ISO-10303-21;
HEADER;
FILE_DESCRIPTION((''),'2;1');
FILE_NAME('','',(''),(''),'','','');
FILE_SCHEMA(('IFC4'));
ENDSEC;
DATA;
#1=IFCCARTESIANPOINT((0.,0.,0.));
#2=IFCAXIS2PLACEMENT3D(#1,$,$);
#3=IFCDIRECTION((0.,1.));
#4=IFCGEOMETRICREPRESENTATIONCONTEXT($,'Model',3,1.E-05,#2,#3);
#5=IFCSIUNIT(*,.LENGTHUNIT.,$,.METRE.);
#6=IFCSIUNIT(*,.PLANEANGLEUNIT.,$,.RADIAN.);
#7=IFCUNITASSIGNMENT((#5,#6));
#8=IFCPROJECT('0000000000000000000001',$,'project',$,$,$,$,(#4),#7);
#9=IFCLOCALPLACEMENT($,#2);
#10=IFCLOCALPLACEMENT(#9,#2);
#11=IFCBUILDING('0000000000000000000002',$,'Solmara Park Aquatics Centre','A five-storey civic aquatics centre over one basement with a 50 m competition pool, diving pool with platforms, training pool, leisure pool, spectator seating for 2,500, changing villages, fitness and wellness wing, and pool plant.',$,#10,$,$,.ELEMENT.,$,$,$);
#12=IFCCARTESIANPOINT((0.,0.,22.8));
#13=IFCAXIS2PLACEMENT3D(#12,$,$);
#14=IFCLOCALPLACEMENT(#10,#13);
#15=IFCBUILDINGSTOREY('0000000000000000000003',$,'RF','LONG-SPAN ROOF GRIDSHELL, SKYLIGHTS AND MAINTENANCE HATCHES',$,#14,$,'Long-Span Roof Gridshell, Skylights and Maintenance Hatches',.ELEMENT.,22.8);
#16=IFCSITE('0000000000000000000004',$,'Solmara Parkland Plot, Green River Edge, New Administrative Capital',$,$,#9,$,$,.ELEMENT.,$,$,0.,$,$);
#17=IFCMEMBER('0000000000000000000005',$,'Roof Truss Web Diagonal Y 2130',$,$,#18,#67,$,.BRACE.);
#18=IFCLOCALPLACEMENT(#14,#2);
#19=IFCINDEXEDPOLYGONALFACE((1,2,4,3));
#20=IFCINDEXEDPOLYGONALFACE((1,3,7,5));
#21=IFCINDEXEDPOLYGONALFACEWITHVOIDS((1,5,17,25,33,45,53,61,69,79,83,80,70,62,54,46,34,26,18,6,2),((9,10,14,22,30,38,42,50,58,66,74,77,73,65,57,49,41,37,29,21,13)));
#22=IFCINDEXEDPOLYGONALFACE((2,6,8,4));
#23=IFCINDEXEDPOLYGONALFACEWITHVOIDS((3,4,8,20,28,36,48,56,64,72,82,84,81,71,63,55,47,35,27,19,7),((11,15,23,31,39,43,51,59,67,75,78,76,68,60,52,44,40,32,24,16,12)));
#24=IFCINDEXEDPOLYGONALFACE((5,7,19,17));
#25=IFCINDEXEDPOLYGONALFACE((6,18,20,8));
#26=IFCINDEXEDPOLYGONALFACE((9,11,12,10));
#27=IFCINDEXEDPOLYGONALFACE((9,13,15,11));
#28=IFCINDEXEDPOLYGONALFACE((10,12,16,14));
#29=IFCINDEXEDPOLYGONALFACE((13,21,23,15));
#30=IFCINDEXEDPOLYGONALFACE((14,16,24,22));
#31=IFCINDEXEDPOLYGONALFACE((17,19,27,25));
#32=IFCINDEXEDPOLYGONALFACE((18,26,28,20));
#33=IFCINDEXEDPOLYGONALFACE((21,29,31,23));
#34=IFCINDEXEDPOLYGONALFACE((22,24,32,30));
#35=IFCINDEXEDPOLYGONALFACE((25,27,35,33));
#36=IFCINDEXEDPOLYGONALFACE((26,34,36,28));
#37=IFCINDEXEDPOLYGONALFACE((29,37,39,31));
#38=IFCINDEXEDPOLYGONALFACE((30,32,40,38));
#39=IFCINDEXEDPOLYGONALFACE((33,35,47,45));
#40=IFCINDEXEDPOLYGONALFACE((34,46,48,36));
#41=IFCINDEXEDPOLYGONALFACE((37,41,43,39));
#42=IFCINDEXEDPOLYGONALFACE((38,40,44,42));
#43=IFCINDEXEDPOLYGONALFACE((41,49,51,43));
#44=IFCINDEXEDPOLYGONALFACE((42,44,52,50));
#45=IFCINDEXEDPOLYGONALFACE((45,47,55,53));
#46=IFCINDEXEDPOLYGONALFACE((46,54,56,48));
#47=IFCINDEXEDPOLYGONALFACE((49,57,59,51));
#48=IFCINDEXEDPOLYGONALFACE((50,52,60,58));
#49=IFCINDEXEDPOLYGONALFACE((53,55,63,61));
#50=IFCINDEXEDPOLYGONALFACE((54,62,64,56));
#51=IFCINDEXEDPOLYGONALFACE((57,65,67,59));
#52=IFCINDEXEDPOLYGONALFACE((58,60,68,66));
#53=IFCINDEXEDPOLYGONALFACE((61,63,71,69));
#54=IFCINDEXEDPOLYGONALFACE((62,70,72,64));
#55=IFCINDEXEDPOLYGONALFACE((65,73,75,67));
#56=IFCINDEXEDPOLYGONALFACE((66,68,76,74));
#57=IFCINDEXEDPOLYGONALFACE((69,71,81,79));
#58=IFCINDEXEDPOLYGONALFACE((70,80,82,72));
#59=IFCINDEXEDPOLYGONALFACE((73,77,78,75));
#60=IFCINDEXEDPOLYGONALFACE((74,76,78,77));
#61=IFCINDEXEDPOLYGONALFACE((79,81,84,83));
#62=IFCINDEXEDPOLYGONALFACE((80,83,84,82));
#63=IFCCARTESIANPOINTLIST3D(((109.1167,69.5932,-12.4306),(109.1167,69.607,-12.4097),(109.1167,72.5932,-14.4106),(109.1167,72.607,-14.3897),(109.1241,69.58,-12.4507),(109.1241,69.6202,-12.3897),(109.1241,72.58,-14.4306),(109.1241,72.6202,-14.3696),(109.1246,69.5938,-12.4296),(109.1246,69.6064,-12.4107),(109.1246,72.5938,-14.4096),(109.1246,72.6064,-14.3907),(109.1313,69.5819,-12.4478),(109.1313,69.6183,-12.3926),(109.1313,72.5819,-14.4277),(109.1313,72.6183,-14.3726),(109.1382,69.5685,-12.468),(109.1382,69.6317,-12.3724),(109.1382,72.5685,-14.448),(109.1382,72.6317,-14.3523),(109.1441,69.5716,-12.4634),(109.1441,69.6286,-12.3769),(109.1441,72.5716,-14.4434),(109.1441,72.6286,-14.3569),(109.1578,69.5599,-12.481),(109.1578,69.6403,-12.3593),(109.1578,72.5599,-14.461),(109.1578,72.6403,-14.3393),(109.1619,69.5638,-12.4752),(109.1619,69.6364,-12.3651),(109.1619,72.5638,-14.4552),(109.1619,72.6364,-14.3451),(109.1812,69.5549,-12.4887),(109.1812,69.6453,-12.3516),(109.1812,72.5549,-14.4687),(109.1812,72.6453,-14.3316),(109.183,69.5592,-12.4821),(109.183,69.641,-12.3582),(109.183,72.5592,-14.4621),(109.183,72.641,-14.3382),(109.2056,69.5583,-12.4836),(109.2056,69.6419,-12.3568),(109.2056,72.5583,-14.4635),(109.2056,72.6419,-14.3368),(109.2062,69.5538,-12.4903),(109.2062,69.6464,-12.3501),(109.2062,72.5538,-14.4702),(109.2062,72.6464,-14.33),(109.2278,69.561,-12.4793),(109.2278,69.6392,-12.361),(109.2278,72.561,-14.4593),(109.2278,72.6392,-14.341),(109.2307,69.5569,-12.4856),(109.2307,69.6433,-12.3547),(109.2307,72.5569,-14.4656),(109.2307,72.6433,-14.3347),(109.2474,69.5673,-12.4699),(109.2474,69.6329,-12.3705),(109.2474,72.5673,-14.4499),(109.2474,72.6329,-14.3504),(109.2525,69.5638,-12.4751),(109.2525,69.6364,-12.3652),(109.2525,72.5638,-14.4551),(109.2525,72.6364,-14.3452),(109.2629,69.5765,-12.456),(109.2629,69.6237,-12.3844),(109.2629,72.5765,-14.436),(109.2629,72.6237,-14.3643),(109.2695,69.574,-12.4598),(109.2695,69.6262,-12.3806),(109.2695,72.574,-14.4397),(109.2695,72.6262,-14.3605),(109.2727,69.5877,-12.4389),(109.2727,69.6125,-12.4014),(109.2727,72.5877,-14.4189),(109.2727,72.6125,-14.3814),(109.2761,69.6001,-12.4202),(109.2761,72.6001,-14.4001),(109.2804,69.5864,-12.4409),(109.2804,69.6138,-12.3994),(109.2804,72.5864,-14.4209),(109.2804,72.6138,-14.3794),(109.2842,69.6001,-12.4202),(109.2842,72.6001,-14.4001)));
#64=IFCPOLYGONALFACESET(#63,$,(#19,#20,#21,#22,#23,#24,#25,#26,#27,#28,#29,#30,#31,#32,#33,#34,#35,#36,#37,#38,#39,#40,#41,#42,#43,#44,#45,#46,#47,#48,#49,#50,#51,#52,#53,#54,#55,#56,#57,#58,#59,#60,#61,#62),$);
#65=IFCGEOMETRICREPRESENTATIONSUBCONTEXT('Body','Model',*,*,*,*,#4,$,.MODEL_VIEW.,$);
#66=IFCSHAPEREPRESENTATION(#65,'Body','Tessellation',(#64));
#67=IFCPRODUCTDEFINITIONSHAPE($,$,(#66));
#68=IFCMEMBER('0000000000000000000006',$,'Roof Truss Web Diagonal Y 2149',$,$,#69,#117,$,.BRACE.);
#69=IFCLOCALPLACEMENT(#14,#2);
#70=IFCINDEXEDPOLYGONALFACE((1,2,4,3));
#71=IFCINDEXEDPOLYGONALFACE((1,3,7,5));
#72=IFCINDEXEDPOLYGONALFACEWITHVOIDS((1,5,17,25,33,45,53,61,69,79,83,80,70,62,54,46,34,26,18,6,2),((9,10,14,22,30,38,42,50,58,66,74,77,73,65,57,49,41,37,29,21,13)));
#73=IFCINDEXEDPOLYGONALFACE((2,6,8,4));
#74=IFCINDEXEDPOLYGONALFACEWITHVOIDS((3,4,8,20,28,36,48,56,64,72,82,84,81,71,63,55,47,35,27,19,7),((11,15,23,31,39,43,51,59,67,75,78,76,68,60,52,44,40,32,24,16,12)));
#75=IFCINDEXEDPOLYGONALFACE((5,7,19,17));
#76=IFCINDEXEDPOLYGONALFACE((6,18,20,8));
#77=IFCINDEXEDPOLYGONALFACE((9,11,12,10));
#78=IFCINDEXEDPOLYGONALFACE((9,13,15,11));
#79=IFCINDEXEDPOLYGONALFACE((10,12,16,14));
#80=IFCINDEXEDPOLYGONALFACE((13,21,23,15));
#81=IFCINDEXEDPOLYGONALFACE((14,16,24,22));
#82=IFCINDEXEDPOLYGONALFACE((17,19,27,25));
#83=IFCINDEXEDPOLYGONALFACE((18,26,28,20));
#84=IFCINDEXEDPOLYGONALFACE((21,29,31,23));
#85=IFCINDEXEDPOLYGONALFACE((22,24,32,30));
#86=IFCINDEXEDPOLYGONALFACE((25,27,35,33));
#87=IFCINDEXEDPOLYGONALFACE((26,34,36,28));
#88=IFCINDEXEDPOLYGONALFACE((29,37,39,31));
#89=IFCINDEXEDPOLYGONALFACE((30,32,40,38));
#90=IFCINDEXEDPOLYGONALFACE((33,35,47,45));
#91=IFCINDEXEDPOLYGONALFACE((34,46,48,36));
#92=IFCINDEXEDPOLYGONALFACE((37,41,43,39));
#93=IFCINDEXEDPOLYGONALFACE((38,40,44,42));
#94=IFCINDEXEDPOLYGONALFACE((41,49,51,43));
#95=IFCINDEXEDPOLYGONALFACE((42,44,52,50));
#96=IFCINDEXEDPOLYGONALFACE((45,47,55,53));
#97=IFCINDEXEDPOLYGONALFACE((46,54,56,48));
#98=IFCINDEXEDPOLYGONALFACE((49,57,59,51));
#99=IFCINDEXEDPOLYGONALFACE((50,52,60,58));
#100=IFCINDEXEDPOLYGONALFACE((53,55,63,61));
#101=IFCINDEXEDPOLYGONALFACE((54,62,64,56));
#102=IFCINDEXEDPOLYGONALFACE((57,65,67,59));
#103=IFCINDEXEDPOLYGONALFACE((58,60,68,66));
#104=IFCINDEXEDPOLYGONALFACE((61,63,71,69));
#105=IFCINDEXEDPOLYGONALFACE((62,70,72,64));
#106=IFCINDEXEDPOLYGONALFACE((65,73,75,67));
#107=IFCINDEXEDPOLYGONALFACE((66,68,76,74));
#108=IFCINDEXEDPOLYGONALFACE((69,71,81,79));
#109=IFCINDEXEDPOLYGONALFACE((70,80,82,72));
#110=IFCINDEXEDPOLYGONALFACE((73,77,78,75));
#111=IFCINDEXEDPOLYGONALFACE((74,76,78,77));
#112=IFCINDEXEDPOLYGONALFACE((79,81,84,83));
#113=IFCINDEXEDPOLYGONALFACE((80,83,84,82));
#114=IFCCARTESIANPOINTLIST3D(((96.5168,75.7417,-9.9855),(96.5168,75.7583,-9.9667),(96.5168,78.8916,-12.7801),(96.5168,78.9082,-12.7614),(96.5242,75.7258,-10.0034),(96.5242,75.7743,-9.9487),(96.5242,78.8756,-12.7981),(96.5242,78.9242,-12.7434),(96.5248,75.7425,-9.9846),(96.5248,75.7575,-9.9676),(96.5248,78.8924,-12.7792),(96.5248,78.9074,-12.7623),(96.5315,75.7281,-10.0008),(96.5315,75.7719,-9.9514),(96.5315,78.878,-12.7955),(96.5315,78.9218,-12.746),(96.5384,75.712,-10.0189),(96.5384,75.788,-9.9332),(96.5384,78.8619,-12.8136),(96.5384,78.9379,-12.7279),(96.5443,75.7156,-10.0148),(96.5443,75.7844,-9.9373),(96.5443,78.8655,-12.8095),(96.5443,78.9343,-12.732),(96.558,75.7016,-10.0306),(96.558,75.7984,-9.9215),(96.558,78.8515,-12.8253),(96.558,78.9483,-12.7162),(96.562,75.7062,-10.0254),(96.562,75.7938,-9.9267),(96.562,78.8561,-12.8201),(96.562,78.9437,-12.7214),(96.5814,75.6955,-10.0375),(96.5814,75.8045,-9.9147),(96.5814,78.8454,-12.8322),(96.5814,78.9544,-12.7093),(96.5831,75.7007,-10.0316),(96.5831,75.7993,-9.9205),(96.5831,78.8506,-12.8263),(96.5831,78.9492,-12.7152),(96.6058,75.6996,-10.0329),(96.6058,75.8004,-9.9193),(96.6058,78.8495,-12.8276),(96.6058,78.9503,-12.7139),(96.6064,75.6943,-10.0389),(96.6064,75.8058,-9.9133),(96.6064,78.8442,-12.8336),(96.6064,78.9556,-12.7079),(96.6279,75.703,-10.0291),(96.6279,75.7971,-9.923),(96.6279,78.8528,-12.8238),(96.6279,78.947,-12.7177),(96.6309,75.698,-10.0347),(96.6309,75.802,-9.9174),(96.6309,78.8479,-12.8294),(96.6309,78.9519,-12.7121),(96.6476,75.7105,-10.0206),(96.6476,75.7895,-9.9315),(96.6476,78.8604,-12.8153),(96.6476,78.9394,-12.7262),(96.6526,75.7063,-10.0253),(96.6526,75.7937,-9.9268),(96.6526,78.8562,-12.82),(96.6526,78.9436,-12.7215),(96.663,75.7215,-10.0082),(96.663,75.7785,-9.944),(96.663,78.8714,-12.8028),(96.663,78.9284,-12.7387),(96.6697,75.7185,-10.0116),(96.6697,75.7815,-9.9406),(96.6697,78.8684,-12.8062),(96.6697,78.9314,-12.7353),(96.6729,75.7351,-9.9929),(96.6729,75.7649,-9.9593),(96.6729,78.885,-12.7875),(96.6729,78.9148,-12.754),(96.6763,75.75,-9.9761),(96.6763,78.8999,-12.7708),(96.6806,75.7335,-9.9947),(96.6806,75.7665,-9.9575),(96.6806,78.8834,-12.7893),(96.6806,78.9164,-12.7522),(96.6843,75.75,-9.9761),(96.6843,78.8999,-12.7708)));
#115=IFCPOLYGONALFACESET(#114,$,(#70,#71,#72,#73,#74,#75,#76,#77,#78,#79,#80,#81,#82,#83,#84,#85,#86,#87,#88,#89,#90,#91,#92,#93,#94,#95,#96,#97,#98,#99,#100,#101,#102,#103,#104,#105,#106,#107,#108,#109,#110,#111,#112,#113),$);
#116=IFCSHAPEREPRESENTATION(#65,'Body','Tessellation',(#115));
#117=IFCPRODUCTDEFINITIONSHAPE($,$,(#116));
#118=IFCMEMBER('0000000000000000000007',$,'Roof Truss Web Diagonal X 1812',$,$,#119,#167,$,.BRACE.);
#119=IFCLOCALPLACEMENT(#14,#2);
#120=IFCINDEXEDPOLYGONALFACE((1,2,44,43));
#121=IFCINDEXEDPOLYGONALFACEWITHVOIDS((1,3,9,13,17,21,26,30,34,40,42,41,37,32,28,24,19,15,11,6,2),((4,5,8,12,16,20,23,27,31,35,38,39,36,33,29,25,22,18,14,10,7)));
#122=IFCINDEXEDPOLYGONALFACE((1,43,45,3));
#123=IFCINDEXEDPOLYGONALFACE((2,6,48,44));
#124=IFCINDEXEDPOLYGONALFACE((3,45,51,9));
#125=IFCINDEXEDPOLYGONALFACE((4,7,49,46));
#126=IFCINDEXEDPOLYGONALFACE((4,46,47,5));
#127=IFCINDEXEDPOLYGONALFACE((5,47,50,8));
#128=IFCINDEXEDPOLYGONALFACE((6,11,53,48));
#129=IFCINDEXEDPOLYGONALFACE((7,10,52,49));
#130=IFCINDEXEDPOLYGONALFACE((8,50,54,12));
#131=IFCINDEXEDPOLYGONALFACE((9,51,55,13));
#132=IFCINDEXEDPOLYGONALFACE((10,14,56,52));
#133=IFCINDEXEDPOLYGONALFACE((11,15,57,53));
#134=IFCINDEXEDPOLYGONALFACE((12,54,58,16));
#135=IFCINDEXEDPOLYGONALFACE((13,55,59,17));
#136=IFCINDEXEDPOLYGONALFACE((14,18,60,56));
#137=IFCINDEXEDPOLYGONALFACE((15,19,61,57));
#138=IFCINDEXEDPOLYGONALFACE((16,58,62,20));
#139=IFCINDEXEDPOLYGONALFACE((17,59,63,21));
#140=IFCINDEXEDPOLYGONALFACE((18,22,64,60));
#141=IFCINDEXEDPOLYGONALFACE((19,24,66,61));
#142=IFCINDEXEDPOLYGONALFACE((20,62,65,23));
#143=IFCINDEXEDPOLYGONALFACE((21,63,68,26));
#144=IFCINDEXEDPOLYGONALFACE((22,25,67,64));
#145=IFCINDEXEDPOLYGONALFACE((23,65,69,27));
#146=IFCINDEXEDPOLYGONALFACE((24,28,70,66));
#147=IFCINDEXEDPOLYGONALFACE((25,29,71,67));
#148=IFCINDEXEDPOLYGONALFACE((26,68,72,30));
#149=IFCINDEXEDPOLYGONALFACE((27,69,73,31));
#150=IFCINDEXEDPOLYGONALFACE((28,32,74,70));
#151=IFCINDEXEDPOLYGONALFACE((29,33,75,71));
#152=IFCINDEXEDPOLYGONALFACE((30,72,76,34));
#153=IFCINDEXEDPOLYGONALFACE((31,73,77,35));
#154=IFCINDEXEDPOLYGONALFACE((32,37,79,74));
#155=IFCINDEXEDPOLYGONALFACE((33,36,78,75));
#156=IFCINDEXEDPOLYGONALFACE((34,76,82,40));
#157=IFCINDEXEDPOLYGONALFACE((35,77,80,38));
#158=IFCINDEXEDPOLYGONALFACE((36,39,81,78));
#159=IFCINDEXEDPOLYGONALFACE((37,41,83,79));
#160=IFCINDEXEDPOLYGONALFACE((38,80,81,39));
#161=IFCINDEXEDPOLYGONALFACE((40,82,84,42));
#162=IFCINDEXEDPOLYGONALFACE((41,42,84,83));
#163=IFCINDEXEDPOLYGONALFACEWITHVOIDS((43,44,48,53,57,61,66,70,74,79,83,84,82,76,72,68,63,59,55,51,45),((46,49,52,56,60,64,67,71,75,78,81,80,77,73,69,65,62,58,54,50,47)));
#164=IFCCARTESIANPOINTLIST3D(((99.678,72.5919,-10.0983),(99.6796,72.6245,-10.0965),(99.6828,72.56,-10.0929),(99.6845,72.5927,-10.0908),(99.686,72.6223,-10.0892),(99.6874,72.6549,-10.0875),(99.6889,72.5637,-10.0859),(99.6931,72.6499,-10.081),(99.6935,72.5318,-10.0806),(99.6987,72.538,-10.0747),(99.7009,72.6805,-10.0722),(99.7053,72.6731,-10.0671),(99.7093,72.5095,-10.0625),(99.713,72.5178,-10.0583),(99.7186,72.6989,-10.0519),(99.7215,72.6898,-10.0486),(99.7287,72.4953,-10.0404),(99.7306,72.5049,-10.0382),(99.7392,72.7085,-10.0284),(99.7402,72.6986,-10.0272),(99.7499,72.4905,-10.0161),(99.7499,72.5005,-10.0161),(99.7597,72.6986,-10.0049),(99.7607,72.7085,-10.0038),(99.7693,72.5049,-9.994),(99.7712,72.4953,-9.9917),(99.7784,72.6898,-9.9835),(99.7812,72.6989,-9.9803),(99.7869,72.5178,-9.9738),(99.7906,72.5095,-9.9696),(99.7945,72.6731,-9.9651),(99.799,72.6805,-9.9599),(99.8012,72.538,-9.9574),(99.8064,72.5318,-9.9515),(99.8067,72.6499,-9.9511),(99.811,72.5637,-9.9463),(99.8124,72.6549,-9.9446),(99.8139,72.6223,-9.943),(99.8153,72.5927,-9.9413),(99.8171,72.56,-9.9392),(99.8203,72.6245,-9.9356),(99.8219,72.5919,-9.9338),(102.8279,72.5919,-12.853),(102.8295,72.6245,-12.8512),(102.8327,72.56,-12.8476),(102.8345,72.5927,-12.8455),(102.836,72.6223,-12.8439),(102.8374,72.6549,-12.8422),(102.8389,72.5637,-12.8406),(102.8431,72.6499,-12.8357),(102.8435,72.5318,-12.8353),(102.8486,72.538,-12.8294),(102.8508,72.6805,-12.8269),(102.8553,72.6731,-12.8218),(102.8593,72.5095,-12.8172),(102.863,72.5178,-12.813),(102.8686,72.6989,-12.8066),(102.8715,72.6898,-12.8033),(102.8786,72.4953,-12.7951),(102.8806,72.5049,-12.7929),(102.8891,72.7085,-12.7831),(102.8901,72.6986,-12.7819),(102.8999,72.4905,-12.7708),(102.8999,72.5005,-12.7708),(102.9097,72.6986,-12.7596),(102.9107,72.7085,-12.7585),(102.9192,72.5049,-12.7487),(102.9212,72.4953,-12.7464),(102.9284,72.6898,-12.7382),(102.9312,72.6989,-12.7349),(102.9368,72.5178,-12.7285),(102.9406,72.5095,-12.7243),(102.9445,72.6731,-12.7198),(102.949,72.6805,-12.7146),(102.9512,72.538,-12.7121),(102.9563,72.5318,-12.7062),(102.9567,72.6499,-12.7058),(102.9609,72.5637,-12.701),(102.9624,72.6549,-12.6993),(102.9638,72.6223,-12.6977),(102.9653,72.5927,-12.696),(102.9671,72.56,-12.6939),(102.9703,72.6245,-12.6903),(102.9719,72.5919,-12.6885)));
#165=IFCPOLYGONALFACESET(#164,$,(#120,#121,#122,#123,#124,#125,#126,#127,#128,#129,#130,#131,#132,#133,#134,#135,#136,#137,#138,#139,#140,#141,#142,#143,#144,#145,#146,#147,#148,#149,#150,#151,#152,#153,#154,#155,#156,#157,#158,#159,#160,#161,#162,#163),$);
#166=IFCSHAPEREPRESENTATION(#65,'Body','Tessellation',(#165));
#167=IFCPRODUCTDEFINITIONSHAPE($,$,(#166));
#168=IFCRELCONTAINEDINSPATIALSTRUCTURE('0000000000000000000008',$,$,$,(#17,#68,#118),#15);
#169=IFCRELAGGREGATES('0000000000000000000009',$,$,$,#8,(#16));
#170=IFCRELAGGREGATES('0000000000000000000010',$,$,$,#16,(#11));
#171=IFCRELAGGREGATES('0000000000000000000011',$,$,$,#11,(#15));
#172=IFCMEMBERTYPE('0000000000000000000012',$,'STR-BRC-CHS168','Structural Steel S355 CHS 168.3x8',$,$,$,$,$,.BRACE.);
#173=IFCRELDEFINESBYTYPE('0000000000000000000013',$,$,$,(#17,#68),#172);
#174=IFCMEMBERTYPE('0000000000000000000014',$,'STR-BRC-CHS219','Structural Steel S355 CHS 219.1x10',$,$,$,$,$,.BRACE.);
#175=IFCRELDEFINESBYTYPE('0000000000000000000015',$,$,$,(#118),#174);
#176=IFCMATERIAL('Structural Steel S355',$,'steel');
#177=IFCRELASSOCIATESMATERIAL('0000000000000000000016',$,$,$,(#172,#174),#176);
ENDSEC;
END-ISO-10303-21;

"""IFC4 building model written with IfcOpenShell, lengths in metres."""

from ifc_helpers import new_model, si_unit, direction, frame, origin, origin_2d, place, context, subcontext, project, spatial, hollow_circle, extrude, material, material_profile, profile_set, type_object, element, save


model = new_model("IFC4")

# Units and contexts
model_context = context("Model", 3, precision=1e-05, world=origin(), true_north=direction((0.0, 1.0)))
body_context = subcontext(model_context, "Body", "Model", "MODEL_VIEW")
ifc_project = project(units=[si_unit("LENGTHUNIT", "METRE"), si_unit("PLANEANGLEUNIT", "RADIAN")], contexts=[model_context])

# Site, building, storey
site_placement = place(None, origin())
site = spatial("IfcSite", under=ifc_project, at=site_placement, Name="Solmara Parkland Plot, Green River Edge, New Administrative Capital", CompositionType="ELEMENT", RefElevation=0.0)
building_placement = place(site_placement, origin())
building = spatial("IfcBuilding", under=site, at=building_placement, Name="Solmara Park Aquatics Centre", Description="A five-storey civic aquatics centre over one basement with a 50 m competition pool, diving pool with platforms, training pool, leisure pool, spectator seating for 2,500, changing villages, fitness and wellness wing, and pool plant.", CompositionType="ELEMENT")
storey_placement = place(building_placement, frame((0.0, 0.0, 22.8)))
storey = spatial("IfcBuildingStorey", under=building, at=storey_placement, Name="RF", Description="LONG-SPAN ROOF GRIDSHELL, SKYLIGHTS AND MAINTENANCE HATCHES", LongName="Long-Span Roof Gridshell, Skylights and Maintenance Hatches", CompositionType="ELEMENT", Elevation=22.8)

# Members
ifc_material_1 = material(Name="Structural Steel S355", Category="steel")
ifc_material_profile_1 = material_profile(ifc_material_1, hollow_circle(Radius=0.0842, WallThickness=0.0081, at=origin_2d()), Name="CHS 168.3x8")
ifc_profile_set_1 = profile_set([ifc_material_profile_1], Name="Structural Steel S355")
member_type_1 = type_object("IfcMemberType", Name="STR-BRC-CHS168", Description="Structural Steel S355 CHS 168.3x8", PredefinedType="BRACE", material=ifc_profile_set_1)
member_1_placement = place(storey_placement, frame((109.2, 72.6001, -14.4001), z_axis=(0.0, -0.834612, 0.550838), x_axis=(1.0, 0.0, 0.0)))
element("IfcMember", 1, at=member_1_placement, inside=storey, type_object=member_type_1, Name="Roof Truss Web Diagonal Y 2130", PredefinedType="BRACE", context=body_context, shape_type="SweptSolid", body=[
    extrude(hollow_circle(Radius=0.0842, WallThickness=0.0081, at=origin_2d()), origin(), (0.0, 0.0, 1.0), 3.5945),
])
member_2_placement = place(storey_placement, frame((96.6001, 78.8999, -12.7708), z_axis=(0.0, -0.748026, 0.663669), x_axis=(1.0, 0.0, 0.0)))
element("IfcMember", 2, at=member_2_placement, inside=storey, type_object=member_type_1, Name="Roof Truss Web Diagonal Y 2149", PredefinedType="BRACE", context=body_context, shape_type="SweptSolid", body=[
    extrude(hollow_circle(Radius=0.0842, WallThickness=0.0081, at=origin_2d()), origin(), (0.0, 0.0, 1.0), 4.2109),
])
ifc_material_profile_2 = material_profile(ifc_material_1, hollow_circle(Radius=0.1096, WallThickness=0.01, at=origin_2d()), Name="CHS 219.1x10")
ifc_profile_set_2 = profile_set([ifc_material_profile_2], Name="Structural Steel S355")
member_type_2 = type_object("IfcMemberType", Name="STR-BRC-CHS219", Description="Structural Steel S355 CHS 219.1x10", PredefinedType="BRACE", material=ifc_profile_set_2)
for number, where, z_axis, x_axis, name in (
    (3, (102.8999, 72.6001, -12.7708), (-0.752757, 0.0, 0.658298), (0.0, -1.0, 0.0), "Roof Truss Web Diagonal X 1812"),
):
    element("IfcMember", number, at=place(storey_placement, frame(where, z_axis=z_axis, x_axis=x_axis)), inside=storey, type_object=member_type_2, Name=name, PredefinedType="BRACE", context=body_context, shape_type="SweptSolid", body=[
        extrude(hollow_circle(Radius=0.1096, WallThickness=0.01, at=origin_2d()), origin(), (0.0, 0.0, 1.0), 4.1846),
    ])

save(model, "model.ifc")
